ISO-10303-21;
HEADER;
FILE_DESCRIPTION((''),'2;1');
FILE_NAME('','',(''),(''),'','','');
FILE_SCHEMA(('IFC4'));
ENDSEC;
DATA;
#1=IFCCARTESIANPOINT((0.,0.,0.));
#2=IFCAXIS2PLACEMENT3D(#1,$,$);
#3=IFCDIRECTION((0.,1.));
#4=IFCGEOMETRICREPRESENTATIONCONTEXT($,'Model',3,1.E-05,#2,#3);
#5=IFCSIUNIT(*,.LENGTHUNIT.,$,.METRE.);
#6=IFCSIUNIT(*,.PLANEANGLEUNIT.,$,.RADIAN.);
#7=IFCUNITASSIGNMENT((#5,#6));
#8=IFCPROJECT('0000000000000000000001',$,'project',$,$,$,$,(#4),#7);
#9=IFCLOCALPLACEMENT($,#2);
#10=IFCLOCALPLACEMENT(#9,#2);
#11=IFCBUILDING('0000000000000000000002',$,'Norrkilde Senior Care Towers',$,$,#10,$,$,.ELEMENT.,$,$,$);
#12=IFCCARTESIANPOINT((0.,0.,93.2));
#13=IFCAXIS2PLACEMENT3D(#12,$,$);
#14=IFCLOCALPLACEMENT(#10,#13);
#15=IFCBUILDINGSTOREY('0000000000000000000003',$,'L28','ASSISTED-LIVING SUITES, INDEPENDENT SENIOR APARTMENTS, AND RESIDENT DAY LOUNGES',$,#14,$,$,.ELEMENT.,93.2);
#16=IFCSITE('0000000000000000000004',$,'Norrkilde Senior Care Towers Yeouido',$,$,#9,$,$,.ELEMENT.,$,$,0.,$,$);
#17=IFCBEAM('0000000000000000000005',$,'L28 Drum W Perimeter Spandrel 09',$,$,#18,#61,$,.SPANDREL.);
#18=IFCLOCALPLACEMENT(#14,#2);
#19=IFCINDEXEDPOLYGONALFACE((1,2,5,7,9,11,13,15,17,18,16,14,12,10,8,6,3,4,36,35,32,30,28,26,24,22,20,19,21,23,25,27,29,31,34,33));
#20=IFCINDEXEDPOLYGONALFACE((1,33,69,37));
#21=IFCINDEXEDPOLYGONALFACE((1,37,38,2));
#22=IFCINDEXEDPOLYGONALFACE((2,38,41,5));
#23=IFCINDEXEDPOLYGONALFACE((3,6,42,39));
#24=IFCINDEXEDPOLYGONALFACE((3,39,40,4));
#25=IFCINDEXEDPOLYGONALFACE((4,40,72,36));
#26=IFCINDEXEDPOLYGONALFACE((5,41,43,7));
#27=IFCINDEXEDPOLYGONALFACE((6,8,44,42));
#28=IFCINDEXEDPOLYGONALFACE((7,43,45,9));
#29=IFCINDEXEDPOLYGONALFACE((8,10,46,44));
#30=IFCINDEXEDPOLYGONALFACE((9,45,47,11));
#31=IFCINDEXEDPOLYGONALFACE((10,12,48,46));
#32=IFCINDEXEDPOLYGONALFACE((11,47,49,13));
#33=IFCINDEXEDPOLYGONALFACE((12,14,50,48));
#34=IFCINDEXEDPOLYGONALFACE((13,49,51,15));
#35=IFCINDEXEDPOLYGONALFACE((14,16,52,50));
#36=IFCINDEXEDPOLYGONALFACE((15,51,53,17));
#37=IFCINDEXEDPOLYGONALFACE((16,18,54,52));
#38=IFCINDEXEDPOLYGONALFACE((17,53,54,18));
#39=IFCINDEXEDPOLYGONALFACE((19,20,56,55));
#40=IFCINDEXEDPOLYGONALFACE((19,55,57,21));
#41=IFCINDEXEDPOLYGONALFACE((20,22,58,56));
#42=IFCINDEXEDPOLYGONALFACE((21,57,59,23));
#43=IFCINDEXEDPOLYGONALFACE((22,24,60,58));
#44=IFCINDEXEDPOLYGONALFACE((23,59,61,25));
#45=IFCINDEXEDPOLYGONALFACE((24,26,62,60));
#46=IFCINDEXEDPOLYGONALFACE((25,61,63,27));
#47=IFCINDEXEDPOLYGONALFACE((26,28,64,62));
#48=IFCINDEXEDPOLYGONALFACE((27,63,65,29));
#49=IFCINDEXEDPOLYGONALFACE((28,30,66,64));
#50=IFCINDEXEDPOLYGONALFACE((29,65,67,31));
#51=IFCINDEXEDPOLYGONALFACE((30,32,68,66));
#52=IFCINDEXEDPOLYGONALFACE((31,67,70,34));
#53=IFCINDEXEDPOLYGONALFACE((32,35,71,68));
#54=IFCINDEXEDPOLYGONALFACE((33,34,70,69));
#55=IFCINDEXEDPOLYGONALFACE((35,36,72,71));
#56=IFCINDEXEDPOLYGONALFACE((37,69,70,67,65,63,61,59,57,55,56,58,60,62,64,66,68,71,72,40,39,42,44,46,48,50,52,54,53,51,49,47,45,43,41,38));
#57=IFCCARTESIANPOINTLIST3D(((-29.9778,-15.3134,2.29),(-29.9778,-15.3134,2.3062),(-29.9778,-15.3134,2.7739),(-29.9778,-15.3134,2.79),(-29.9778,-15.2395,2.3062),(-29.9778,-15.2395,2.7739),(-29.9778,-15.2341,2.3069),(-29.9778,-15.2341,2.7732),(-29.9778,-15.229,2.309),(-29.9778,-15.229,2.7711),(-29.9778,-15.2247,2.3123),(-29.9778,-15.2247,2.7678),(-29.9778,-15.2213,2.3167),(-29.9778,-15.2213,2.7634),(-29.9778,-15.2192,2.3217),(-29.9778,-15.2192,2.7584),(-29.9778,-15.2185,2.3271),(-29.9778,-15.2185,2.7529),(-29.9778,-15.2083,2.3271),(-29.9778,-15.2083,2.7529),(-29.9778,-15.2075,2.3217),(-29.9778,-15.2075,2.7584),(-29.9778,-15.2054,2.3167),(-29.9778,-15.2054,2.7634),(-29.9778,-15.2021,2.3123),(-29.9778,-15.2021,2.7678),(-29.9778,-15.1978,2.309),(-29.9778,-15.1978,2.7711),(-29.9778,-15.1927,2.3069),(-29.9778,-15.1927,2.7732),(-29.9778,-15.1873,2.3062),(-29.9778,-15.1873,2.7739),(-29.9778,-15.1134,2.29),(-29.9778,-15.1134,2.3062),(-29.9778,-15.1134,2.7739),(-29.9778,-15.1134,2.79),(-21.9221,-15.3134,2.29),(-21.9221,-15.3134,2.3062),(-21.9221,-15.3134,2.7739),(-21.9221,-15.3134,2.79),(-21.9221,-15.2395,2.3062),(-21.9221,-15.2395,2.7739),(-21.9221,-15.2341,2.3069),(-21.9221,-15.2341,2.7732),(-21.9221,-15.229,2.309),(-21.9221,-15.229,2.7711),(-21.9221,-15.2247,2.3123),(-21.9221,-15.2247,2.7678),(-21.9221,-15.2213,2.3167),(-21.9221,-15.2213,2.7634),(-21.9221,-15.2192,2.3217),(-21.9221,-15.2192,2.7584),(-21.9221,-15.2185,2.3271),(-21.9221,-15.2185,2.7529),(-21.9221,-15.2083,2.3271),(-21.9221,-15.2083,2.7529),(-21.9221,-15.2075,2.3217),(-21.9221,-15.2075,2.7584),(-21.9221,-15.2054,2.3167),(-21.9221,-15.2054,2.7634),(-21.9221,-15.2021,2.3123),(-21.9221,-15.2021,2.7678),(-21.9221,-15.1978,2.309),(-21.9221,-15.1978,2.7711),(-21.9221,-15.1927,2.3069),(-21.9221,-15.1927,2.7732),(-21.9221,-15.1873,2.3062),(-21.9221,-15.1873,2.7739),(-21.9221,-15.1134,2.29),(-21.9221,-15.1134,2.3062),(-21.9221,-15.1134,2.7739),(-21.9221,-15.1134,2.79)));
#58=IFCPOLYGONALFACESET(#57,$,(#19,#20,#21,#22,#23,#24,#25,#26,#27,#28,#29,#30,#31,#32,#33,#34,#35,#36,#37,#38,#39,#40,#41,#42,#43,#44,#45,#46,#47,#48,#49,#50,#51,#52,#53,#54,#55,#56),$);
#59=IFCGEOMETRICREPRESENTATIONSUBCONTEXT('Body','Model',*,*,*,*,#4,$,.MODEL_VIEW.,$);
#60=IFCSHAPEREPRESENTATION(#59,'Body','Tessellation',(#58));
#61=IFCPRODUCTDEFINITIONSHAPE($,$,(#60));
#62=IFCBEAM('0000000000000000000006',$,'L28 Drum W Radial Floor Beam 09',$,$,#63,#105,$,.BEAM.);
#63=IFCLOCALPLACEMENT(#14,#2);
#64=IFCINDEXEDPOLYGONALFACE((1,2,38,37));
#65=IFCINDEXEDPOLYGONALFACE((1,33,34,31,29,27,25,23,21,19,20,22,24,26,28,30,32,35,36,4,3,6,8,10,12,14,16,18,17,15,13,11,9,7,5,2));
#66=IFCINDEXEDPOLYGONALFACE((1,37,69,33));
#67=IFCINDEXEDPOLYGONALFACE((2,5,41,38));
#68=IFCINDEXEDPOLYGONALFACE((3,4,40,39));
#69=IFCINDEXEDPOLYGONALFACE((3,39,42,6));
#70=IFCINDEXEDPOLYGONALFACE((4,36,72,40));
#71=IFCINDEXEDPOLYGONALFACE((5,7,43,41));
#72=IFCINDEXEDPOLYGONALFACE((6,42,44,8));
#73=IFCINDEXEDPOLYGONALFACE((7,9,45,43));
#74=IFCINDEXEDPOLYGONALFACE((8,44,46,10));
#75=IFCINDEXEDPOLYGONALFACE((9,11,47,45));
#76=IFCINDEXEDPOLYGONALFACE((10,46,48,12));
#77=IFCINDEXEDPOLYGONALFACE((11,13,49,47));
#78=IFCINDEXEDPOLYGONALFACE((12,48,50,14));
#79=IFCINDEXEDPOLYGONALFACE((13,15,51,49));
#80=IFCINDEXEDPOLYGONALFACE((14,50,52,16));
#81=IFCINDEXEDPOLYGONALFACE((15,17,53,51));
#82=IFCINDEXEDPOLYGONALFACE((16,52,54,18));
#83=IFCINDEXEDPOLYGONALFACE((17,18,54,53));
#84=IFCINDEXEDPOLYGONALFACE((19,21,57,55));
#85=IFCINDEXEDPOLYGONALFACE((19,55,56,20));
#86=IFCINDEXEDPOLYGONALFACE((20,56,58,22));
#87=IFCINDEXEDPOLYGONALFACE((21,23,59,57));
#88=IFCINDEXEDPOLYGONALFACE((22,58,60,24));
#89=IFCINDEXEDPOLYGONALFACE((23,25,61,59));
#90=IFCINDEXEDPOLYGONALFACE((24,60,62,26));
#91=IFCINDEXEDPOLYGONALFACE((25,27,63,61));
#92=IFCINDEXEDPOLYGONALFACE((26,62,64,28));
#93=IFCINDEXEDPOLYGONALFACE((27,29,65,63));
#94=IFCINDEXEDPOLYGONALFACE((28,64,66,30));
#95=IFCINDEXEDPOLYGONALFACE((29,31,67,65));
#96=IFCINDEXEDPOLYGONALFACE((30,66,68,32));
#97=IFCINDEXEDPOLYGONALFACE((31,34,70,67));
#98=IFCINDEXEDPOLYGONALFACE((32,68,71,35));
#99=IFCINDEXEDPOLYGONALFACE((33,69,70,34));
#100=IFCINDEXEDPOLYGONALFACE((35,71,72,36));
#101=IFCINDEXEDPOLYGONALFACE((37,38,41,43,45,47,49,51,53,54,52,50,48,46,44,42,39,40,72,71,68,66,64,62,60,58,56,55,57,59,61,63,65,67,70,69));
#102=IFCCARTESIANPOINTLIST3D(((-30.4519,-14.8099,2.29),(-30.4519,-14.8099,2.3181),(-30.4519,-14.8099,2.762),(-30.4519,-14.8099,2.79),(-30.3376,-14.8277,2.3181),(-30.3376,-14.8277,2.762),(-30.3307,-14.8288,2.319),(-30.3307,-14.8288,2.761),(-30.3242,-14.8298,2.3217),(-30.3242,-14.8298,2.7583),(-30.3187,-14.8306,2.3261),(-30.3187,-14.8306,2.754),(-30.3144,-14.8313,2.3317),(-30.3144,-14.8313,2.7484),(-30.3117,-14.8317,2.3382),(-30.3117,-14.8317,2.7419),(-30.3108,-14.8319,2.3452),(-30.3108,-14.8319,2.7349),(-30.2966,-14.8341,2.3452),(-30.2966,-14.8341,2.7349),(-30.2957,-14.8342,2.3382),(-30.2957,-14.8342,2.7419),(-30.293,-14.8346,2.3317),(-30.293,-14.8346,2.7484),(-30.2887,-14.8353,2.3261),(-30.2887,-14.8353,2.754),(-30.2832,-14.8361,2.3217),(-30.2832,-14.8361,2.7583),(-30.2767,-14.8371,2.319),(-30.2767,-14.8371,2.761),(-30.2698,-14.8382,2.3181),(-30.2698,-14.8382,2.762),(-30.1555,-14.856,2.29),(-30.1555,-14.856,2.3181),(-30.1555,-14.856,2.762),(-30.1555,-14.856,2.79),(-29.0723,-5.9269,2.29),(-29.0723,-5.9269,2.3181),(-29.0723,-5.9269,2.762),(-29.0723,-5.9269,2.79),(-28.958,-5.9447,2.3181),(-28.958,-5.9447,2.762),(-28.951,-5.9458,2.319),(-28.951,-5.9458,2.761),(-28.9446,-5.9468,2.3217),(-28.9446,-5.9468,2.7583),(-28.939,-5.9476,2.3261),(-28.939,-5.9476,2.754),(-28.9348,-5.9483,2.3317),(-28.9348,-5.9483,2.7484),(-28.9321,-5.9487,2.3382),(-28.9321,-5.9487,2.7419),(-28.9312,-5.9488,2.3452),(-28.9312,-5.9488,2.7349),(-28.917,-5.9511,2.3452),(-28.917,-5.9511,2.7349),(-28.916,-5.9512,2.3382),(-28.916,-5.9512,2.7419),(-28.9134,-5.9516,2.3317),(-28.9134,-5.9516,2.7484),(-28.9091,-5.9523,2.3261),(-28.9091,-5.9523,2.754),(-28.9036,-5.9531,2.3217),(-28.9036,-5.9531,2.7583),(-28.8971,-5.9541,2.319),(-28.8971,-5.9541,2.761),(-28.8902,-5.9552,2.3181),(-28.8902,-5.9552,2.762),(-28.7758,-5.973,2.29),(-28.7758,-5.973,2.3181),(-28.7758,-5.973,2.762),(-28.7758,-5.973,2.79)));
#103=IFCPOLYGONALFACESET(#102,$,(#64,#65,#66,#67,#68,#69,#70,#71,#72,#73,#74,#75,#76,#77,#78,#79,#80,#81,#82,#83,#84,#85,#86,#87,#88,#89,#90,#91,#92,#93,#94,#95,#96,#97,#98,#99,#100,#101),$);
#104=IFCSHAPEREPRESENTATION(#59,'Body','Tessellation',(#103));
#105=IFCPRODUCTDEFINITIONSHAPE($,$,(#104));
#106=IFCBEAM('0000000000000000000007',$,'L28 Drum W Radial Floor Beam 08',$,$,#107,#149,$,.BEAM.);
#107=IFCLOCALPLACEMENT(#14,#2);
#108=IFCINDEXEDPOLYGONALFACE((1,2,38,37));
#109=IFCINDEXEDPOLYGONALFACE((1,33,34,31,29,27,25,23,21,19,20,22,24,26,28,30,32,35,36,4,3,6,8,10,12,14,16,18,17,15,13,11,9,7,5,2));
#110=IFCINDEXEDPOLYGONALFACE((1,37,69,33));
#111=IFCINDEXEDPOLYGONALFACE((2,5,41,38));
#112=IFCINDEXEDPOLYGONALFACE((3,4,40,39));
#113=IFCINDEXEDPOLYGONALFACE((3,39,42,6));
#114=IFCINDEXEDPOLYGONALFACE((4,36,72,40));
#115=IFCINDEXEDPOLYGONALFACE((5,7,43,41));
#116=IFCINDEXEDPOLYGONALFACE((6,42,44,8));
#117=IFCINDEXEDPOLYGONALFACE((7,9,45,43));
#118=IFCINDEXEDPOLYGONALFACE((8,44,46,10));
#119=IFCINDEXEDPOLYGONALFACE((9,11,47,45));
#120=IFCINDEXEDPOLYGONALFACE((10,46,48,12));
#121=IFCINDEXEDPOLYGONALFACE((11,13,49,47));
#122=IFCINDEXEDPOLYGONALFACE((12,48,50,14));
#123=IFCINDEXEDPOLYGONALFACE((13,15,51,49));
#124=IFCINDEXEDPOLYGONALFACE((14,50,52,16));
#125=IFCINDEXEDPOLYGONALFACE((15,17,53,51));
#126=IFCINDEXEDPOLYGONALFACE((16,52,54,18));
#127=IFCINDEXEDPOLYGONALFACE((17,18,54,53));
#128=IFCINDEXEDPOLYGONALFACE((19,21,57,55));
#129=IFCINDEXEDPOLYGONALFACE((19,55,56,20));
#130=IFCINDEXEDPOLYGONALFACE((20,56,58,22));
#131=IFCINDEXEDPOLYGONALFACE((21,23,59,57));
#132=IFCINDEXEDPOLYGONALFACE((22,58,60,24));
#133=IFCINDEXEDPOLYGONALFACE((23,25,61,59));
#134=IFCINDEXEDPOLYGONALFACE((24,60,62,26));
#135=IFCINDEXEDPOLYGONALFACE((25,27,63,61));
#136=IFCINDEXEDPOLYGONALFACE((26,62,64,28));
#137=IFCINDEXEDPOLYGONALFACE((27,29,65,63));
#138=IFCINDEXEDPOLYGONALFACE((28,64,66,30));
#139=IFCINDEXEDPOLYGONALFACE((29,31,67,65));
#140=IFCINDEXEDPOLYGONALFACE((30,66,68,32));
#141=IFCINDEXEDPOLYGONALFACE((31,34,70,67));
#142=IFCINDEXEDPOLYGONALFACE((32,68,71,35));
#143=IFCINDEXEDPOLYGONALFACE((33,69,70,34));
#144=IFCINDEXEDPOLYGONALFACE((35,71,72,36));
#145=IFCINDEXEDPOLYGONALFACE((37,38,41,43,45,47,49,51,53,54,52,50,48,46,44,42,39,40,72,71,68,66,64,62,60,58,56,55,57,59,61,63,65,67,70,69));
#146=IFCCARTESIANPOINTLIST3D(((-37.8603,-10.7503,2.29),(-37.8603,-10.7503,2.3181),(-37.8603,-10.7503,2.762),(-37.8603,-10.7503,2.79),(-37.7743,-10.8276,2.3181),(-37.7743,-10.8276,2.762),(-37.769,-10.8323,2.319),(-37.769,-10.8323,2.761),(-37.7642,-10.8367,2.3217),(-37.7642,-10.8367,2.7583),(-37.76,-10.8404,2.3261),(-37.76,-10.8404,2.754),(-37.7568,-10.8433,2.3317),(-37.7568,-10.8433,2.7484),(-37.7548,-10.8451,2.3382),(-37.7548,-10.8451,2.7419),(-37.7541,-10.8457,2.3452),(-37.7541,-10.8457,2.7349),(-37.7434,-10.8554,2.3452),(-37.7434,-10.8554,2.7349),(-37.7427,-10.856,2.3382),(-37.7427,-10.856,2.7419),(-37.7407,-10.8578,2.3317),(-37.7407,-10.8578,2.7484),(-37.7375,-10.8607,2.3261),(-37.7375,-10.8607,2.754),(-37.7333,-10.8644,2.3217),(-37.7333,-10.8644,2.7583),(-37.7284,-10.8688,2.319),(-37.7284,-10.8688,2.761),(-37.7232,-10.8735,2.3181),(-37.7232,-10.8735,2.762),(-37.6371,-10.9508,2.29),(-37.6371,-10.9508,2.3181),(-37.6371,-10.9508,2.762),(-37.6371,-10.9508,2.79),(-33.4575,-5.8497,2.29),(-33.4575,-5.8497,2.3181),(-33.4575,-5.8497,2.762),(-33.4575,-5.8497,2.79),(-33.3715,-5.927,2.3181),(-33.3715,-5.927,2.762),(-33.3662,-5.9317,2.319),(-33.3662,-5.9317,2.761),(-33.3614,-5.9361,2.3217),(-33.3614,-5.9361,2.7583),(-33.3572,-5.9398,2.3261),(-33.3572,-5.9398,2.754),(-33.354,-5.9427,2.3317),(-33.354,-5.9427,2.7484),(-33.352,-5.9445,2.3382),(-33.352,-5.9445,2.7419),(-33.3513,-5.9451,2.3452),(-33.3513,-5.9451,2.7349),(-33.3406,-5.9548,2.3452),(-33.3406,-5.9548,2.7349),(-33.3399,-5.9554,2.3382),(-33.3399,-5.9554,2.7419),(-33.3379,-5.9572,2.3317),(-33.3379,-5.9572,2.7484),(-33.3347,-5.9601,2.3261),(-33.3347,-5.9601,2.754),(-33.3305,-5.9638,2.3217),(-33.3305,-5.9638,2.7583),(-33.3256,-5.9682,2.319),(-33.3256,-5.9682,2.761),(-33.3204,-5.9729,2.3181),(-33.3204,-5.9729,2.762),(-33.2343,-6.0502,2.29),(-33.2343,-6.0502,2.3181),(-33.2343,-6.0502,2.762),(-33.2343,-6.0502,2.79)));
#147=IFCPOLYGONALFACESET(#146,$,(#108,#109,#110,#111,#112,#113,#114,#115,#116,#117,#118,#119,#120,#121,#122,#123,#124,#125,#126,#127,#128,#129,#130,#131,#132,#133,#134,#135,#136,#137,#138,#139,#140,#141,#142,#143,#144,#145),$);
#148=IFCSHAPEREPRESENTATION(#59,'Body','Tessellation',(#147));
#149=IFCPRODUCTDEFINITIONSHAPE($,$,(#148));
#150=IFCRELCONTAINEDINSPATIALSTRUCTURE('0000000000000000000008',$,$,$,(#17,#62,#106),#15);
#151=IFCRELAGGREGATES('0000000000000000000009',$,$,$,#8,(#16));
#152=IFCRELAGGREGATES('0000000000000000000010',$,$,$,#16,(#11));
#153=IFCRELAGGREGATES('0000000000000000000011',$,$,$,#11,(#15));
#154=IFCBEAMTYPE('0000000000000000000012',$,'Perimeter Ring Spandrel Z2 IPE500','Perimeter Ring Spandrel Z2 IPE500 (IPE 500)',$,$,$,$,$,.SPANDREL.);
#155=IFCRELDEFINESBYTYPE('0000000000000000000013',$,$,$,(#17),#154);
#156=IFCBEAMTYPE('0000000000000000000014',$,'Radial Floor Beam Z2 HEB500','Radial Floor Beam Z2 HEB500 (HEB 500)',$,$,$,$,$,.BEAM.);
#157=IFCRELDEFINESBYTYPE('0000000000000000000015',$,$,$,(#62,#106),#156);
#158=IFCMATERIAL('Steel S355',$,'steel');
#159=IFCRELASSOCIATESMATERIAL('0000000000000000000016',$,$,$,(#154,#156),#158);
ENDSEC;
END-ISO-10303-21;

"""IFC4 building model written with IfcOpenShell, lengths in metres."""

from ifc_helpers import new_model, si_unit, direction, frame, origin, origin_2d, place, context, subcontext, project, spatial, i_section, extrude, source, transform, mapped, material, material_profile, profile_set, type_object, type_shapes, element, save


model = new_model("IFC4")

# Units and contexts
model_context = context("Model", 3, precision=1e-05, world=origin(), true_north=direction((0.0, 1.0)))
body_context = subcontext(model_context, "Body", "Model", "MODEL_VIEW")
ifc_project = project(units=[si_unit("LENGTHUNIT", "METRE"), si_unit("PLANEANGLEUNIT", "RADIAN")], contexts=[model_context])

# Site, building, storey
site_placement = place(None, origin())
site = spatial("IfcSite", under=ifc_project, at=site_placement, Name="Norrkilde Senior Care Towers Yeouido", CompositionType="ELEMENT", RefElevation=0.0)
building_placement = place(site_placement, origin())
building = spatial("IfcBuilding", under=site, at=building_placement, Name="Norrkilde Senior Care Towers", CompositionType="ELEMENT")
storey_placement = place(building_placement, frame((0.0, 0.0, 93.2)))
storey = spatial("IfcBuildingStorey", under=building, at=storey_placement, Name="L28", Description="ASSISTED-LIVING SUITES, INDEPENDENT SENIOR APARTMENTS, AND RESIDENT DAY LOUNGES", CompositionType="ELEMENT", Elevation=93.2)

# Beams
ifc_material_1 = material(Name="Steel S355", Category="steel")
ifc_material_profile_1 = material_profile(ifc_material_1, i_section(OverallWidth=0.2, OverallDepth=0.5, WebThickness=0.0103, FlangeThickness=0.0161, FilletRadius=0.021, at=origin_2d()), Name="IPE 500")
ifc_profile_set_1 = profile_set([ifc_material_profile_1], Name="Steel S355")
beam_type_1 = type_object("IfcBeamType", Name="Perimeter Ring Spandrel Z2 IPE500", Description="Perimeter Ring Spandrel Z2 IPE500 (IPE 500)", PredefinedType="SPANDREL", material=ifc_profile_set_1)
shared_shape_1 = source(origin(), body_context, "Body", "SweptSolid", [
    extrude(i_section(OverallWidth=0.2, OverallDepth=0.5, WebThickness=0.0103, FlangeThickness=0.0161, FilletRadius=0.021, at=origin_2d()), origin(), (0.0, 0.0, 1.0), 8.0557),
])
beam_1_placement = place(storey_placement, frame((-29.9778, -15.2134, 2.54), z_axis=(1.0, 0.0, 0.0), x_axis=(0.0, 1.0, 0.0)))
element("IfcBeam", 1, at=beam_1_placement, inside=storey, type_object=beam_type_1, Name="L28 Drum W Perimeter Spandrel 09", PredefinedType="SPANDREL", context=body_context, shape_type="MappedRepresentation", body=[
    mapped(shared_shape_1, transform((0.0, 0.0, 0.0), x_axis=(1.0, 0.0, 0.0), y_axis=(0.0, 1.0, 0.0), z_axis=(0.0, 0.0, 1.0), scale=1.0)),
])
ifc_material_profile_2 = material_profile(ifc_material_1, i_section(OverallWidth=0.3, OverallDepth=0.5, WebThickness=0.0144, FlangeThickness=0.0281, FilletRadius=0.0271, at=origin_2d()), Name="HEB 500")
ifc_profile_set_2 = profile_set([ifc_material_profile_2], Name="Steel S355")
beam_type_2 = type_object("IfcBeamType", Name="Radial Floor Beam Z2 HEB500", Description="Radial Floor Beam Z2 HEB500 (HEB 500)", PredefinedType="BEAM", material=ifc_profile_set_2)
shared_shape_2 = source(origin(), body_context, "Body", "SweptSolid", [
    extrude(i_section(OverallWidth=0.3, OverallDepth=0.5, WebThickness=0.0144, FlangeThickness=0.0281, FilletRadius=0.0271, at=origin_2d()), origin(), (0.0, 0.0, 1.0), 8.9895),
])
beam_2_placement = place(storey_placement, frame((-28.9241, -5.95, 2.54), z_axis=(-0.153471, -0.988153, 0.0), x_axis=(0.988153, -0.153471, 0.0)))
element("IfcBeam", 2, at=beam_2_placement, inside=storey, type_object=beam_type_2, Name="L28 Drum W Radial Floor Beam 09", PredefinedType="BEAM", context=body_context, shape_type="MappedRepresentation", body=[
    mapped(shared_shape_2, transform((0.0, 0.0, 0.0), x_axis=(1.0, 0.0, 0.0), y_axis=(0.0, 1.0, 0.0), z_axis=(0.0, 0.0, 1.0), scale=1.0)),
])
shared_shape_3 = source(origin(), body_context, "Body", "SweptSolid", [
    extrude(i_section(OverallWidth=0.3, OverallDepth=0.5, WebThickness=0.0144, FlangeThickness=0.0281, FilletRadius=0.0271, at=origin_2d()), origin(), (0.0, 0.0, 1.0), 6.5879),
])
type_shapes(beam_type_2, [shared_shape_2, shared_shape_3])
beam_3_placement = place(storey_placement, frame((-33.3459, -5.95, 2.54), z_axis=(-0.668315, -0.743878, 0.0), x_axis=(0.743878, -0.668315, 0.0)))
element("IfcBeam", 3, at=beam_3_placement, inside=storey, type_object=beam_type_2, Name="L28 Drum W Radial Floor Beam 08", PredefinedType="BEAM", context=body_context, shape_type="MappedRepresentation", body=[
    mapped(shared_shape_3, transform((0.0, 0.0, 0.0), x_axis=(1.0, 0.0, 0.0), y_axis=(0.0, 1.0, 0.0), z_axis=(0.0, 0.0, 1.0), scale=1.0)),
])

save(model, "model.ifc")
